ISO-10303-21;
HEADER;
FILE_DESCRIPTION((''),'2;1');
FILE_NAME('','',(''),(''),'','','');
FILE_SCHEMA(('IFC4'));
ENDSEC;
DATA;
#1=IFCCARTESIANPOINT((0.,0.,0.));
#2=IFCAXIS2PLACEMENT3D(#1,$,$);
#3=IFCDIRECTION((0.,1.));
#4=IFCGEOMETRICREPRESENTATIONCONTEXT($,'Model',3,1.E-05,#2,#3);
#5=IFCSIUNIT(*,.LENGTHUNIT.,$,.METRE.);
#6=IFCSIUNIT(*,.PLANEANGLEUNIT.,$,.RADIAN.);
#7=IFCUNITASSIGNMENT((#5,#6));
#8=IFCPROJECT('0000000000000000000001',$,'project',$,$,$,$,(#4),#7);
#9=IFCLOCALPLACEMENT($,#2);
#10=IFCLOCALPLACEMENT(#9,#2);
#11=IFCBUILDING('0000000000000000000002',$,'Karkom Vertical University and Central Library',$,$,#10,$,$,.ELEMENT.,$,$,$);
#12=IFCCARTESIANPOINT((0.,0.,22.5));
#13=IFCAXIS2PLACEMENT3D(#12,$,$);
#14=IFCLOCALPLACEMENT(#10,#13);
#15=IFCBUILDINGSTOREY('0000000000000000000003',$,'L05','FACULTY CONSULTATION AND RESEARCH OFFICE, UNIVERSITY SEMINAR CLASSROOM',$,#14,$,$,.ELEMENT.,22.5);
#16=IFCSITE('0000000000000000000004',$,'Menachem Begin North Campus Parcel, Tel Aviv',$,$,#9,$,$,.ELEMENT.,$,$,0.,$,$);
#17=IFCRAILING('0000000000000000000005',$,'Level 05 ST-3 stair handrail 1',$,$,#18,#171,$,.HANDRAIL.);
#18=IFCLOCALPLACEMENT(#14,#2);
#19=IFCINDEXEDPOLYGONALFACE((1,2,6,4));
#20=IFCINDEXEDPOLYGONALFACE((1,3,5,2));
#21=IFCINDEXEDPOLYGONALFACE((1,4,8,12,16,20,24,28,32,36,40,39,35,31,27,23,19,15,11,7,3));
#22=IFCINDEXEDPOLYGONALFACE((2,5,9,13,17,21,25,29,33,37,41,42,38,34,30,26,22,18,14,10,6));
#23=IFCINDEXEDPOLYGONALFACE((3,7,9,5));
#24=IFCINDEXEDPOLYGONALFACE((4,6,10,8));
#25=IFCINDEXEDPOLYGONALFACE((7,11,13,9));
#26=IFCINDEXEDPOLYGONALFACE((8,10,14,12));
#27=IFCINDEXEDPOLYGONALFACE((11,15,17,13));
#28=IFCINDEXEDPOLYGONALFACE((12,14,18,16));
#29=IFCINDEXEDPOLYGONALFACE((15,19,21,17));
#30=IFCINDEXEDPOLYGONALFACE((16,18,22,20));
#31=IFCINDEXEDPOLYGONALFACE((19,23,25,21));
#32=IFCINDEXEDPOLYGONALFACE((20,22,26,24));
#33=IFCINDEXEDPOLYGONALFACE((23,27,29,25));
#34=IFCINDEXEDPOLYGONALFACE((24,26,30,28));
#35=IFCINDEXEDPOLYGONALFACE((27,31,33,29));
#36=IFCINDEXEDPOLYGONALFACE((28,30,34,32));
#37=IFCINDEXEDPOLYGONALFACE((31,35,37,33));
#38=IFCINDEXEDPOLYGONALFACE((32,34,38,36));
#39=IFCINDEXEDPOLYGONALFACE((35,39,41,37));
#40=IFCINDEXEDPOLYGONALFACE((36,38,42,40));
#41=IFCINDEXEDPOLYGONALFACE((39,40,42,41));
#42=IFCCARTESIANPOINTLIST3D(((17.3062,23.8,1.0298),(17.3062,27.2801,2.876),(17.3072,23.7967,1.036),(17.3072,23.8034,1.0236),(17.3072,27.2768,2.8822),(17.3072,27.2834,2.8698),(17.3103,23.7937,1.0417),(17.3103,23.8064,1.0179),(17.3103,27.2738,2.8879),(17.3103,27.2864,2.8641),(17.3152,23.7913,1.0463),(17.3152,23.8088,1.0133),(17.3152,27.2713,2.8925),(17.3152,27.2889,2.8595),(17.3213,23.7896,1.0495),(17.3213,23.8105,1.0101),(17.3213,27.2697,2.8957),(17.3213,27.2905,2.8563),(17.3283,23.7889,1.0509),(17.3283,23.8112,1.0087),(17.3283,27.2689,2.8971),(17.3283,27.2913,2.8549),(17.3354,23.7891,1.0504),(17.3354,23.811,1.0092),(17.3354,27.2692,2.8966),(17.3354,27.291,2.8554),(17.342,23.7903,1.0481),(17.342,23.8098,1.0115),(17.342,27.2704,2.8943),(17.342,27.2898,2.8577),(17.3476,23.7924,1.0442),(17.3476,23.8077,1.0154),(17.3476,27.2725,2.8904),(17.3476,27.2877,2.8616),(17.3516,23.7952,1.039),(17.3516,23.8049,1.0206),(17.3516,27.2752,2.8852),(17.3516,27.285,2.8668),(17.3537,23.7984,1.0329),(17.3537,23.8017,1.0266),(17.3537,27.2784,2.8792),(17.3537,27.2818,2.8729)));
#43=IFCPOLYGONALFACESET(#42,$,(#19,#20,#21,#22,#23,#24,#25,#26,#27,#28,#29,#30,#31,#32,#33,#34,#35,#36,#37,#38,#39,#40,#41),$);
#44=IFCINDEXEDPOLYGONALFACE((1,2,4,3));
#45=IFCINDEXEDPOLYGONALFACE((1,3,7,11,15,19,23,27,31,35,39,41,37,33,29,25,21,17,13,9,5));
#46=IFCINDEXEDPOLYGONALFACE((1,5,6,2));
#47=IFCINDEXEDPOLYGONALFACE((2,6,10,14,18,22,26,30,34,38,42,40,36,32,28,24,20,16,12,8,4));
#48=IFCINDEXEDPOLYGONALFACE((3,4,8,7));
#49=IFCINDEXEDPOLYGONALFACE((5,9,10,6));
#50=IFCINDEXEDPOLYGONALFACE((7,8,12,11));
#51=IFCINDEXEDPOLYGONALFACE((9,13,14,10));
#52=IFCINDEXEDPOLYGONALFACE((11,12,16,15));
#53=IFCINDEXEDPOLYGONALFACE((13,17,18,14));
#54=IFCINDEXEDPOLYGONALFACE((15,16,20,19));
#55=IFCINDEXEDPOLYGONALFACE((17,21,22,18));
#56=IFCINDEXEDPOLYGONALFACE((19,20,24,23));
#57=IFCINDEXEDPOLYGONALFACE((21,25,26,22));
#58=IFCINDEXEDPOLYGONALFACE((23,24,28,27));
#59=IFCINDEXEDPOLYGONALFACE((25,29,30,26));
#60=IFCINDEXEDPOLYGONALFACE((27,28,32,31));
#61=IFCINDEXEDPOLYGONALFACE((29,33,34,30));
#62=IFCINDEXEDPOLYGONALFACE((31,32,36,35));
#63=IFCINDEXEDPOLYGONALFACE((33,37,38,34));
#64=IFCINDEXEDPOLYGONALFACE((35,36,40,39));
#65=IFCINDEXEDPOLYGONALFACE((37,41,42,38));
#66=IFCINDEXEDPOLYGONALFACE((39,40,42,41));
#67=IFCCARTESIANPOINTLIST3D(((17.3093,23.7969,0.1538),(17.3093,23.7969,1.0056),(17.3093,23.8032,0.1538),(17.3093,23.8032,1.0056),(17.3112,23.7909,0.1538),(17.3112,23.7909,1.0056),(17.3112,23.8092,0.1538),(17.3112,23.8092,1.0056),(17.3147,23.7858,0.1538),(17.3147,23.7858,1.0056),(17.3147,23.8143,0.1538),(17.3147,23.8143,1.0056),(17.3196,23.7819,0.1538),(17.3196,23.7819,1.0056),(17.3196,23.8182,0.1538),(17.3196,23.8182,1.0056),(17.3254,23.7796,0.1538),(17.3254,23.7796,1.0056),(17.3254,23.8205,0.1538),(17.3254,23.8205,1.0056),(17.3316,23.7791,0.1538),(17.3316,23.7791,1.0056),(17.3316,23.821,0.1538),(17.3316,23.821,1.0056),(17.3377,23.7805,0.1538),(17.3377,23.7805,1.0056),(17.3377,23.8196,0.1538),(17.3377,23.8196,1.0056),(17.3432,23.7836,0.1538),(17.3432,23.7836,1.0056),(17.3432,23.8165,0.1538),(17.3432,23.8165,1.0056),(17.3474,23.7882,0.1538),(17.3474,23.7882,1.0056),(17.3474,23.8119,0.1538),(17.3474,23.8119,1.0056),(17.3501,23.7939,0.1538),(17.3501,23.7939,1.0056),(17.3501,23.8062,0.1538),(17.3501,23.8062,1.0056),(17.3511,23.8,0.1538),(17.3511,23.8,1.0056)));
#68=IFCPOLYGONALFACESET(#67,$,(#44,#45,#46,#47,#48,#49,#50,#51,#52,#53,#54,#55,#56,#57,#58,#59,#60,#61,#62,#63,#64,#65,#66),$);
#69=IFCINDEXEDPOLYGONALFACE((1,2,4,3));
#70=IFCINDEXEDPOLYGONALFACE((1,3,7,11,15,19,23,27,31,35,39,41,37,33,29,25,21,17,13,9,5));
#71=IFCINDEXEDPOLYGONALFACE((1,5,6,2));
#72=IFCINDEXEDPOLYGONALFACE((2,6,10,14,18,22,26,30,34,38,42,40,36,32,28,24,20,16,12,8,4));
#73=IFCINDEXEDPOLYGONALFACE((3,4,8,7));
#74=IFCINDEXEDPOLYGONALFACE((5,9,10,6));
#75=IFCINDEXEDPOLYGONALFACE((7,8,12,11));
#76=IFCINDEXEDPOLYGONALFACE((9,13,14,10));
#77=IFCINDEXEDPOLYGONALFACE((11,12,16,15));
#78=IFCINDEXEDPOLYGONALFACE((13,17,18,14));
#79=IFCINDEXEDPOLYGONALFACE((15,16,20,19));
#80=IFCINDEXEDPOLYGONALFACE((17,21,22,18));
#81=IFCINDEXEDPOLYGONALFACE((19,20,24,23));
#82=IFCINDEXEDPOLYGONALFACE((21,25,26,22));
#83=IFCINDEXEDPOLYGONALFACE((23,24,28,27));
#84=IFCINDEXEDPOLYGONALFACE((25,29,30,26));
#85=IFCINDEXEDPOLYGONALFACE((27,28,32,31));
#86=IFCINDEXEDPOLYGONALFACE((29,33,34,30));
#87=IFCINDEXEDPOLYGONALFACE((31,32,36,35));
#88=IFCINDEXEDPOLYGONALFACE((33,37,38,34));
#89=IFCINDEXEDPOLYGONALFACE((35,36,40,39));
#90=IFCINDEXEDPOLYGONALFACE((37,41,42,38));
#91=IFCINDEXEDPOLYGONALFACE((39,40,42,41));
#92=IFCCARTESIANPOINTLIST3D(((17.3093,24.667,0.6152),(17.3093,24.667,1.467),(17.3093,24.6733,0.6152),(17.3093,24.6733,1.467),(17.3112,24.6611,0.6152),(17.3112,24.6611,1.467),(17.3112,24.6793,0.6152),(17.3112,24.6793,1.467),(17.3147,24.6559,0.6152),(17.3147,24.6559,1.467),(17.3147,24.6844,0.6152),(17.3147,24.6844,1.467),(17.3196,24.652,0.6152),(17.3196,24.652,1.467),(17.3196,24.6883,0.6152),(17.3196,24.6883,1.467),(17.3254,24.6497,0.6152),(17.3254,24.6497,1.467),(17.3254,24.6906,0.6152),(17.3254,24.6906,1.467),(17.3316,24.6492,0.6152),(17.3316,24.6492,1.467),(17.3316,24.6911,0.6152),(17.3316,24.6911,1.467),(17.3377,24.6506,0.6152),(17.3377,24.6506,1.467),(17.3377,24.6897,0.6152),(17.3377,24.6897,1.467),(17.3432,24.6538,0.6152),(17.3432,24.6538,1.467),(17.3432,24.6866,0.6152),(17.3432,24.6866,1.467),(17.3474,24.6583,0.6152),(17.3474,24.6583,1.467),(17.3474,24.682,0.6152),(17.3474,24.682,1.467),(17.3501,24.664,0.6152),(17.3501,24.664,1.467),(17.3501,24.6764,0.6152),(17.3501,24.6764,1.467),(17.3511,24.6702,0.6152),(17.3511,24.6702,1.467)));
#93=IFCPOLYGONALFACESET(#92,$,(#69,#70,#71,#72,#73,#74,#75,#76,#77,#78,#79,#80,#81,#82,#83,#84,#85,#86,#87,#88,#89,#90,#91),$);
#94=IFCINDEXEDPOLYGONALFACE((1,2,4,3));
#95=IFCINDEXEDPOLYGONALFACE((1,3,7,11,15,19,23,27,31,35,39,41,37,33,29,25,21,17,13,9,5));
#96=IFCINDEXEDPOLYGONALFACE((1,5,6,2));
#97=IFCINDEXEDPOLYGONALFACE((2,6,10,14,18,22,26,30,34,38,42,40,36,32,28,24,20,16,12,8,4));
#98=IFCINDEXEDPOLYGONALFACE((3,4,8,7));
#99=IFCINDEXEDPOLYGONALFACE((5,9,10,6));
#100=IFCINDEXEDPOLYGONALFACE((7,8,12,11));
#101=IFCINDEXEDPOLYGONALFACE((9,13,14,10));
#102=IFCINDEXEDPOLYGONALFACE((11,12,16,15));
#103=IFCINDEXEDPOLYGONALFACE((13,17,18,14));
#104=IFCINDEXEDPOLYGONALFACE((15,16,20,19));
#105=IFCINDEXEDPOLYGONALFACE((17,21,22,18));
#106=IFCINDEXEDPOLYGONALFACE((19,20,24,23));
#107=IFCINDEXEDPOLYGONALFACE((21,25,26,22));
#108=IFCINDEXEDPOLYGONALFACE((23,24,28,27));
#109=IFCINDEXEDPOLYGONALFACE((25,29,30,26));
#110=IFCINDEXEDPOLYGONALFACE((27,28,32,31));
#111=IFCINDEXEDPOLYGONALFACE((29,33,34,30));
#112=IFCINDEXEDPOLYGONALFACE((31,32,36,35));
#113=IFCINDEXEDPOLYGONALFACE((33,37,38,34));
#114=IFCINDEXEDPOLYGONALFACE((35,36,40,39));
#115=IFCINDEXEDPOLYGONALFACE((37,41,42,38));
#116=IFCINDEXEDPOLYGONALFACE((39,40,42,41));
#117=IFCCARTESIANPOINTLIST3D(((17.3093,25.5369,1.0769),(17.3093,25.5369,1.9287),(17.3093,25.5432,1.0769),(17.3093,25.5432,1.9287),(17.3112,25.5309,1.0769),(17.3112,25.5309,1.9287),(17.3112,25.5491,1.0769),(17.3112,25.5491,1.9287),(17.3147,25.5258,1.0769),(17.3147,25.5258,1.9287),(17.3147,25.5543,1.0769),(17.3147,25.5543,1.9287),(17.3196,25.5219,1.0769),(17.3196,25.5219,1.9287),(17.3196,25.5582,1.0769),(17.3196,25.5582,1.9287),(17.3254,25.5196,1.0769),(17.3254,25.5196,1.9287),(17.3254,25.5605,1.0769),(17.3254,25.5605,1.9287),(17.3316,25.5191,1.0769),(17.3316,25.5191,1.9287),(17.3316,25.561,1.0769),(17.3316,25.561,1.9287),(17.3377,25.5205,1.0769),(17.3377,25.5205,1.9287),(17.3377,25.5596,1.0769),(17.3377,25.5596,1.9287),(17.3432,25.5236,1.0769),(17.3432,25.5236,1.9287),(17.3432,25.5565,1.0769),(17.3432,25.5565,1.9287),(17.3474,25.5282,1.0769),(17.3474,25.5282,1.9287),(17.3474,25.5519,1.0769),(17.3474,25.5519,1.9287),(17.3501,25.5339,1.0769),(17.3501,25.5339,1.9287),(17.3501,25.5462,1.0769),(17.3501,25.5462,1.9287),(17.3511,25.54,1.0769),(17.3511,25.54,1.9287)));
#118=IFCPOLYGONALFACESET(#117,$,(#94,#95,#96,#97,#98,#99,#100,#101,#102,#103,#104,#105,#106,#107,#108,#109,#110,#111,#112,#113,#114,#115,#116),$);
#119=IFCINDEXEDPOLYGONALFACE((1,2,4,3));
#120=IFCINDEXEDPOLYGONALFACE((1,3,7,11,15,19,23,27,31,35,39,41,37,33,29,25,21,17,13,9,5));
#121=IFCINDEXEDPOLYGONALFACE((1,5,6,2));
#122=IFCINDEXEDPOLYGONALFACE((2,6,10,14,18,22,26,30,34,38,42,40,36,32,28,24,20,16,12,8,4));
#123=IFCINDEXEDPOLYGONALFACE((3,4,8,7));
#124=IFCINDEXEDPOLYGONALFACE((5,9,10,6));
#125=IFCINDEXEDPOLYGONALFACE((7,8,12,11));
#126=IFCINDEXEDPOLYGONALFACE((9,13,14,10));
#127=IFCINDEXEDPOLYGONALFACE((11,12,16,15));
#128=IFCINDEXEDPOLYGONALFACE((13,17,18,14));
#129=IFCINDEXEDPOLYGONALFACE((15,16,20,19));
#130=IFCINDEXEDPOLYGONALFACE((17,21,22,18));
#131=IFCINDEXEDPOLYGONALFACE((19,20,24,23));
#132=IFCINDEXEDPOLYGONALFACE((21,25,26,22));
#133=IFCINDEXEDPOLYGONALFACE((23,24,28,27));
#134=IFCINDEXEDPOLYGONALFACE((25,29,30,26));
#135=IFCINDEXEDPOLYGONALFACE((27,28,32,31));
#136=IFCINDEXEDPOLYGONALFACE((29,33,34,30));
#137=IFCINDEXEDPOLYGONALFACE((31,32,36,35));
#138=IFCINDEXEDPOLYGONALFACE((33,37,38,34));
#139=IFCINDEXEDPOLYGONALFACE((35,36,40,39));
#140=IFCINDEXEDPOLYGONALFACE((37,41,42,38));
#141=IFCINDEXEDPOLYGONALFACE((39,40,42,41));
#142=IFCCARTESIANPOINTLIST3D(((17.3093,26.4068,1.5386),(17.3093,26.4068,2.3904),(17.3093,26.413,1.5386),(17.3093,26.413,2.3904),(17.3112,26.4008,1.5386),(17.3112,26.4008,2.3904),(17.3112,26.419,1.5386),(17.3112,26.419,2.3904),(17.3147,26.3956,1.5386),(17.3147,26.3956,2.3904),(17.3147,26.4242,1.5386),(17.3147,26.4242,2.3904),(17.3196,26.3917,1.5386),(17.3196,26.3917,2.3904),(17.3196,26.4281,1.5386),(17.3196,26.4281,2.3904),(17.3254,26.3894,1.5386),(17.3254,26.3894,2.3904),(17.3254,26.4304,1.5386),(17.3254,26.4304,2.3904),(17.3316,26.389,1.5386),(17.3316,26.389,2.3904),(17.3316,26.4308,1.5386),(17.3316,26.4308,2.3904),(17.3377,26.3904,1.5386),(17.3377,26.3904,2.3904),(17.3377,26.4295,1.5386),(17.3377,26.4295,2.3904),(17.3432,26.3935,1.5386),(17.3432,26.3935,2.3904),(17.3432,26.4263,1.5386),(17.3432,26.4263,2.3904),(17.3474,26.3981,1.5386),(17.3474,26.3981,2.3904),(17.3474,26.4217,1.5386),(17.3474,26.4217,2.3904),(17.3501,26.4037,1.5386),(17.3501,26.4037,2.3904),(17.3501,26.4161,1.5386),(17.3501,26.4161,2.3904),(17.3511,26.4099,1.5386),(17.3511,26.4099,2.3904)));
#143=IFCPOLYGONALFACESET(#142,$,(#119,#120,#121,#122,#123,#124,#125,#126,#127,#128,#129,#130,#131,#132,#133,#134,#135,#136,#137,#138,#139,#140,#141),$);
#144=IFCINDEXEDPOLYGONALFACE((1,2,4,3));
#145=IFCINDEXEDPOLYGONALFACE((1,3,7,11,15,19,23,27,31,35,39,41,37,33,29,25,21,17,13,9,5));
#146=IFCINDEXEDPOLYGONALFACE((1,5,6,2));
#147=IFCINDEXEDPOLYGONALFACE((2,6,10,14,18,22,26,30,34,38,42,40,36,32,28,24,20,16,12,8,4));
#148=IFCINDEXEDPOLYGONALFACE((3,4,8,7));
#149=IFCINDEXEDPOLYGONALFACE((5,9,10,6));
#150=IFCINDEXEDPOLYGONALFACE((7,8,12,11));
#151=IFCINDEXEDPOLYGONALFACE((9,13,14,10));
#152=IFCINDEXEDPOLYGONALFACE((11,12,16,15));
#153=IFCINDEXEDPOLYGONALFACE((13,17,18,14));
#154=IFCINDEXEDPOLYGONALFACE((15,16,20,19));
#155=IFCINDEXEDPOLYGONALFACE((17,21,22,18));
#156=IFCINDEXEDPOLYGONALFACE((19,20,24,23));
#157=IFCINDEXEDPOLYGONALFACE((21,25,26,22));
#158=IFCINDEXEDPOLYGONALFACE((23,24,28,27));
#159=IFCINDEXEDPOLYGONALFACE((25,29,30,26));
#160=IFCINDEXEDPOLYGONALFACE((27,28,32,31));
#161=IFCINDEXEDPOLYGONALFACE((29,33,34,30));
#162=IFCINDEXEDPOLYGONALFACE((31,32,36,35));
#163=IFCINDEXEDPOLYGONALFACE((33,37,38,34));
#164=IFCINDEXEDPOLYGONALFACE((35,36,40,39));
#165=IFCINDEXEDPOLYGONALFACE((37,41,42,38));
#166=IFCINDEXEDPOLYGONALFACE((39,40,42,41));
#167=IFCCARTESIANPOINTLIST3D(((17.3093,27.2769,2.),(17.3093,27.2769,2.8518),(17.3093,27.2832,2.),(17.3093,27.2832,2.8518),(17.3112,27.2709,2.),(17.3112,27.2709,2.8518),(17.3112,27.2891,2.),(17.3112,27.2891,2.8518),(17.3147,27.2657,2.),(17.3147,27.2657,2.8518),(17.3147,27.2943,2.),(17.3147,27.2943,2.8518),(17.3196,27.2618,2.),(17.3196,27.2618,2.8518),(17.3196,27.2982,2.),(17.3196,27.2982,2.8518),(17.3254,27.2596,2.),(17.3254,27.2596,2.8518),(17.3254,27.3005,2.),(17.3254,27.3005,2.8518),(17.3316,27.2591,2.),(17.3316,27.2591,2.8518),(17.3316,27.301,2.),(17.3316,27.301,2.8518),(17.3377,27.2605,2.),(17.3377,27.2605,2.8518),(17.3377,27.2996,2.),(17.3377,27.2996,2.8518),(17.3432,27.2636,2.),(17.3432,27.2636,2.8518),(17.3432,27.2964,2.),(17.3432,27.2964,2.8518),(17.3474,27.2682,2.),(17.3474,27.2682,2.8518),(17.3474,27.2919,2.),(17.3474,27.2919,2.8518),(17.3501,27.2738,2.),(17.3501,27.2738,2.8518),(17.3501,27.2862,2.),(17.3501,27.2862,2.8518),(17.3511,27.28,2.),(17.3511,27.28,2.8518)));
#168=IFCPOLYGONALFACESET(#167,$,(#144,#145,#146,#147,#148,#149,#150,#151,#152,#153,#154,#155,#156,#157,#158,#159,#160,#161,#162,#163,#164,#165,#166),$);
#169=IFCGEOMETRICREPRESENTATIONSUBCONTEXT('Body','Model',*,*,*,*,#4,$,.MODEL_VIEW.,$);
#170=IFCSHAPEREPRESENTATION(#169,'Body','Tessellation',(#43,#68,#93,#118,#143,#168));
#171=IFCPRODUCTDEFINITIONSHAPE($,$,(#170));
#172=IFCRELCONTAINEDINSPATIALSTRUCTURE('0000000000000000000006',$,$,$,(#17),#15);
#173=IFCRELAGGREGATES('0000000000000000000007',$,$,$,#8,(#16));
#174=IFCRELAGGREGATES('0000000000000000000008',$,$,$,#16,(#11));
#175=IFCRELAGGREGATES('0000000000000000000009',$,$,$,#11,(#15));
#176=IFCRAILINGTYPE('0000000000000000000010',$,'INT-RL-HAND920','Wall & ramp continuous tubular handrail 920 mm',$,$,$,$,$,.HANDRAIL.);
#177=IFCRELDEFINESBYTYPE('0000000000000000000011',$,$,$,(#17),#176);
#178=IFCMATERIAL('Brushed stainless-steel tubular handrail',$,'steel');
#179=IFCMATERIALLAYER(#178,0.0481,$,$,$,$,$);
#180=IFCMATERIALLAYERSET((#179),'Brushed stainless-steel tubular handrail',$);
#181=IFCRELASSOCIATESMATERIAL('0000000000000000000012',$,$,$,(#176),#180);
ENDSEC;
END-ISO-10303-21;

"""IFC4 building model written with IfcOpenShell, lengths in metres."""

from ifc_helpers import new_model, si_unit, direction, frame, origin, origin_2d, place, context, subcontext, project, spatial, circle, extrude, material, layer, layer_set, type_object, element, save


model = new_model("IFC4")

# Units and contexts
model_context = context("Model", 3, precision=1e-05, world=origin(), true_north=direction((0.0, 1.0)))
body_context = subcontext(model_context, "Body", "Model", "MODEL_VIEW")
ifc_project = project(units=[si_unit("LENGTHUNIT", "METRE"), si_unit("PLANEANGLEUNIT", "RADIAN")], contexts=[model_context])

# Site, building, storey
site_placement = place(None, origin())
site = spatial("IfcSite", under=ifc_project, at=site_placement, Name="Menachem Begin North Campus Parcel, Tel Aviv", CompositionType="ELEMENT", RefElevation=0.0)
building_placement = place(site_placement, origin())
building = spatial("IfcBuilding", under=site, at=building_placement, Name="Karkom Vertical University and Central Library", CompositionType="ELEMENT")
storey_placement = place(building_placement, frame((0.0, 0.0, 22.5)))
storey = spatial("IfcBuildingStorey", under=building, at=storey_placement, Name="L05", Description="FACULTY CONSULTATION AND RESEARCH OFFICE, UNIVERSITY SEMINAR CLASSROOM", CompositionType="ELEMENT", Elevation=22.5)

# Railing
ifc_material_1 = material(Name="Brushed stainless-steel tubular handrail", Category="steel")
ifc_layer_1 = layer(ifc_material_1, 0.0481)
ifc_layer_set_1 = layer_set([ifc_layer_1], Name="Brushed stainless-steel tubular handrail")
railing_type_1 = type_object("IfcRailingType", Name="INT-RL-HAND920", Description="Wall & ramp continuous tubular handrail 920 mm", PredefinedType="HANDRAIL", material=ifc_layer_set_1)
railing_1_placement = place(storey_placement, frame((17.3301, 23.8, 0.1538)))
element("IfcRailing", 1, at=railing_1_placement, inside=storey, type_object=railing_type_1, Name="Level 05 ST-3 stair handrail 1", PredefinedType="HANDRAIL", context=body_context, shape_type="SweptSolid", body=[
    extrude(circle(Radius=0.0239, at=origin_2d()), frame((0.0, 0.0, 0.876), z_axis=(0.0, 0.883384, 0.468651), x_axis=(-1.0, 0.0, 0.0)), (0.0, 0.0, 1.0), 3.9395),
    extrude(circle(Radius=0.021, at=origin_2d()), origin(), (0.0, 0.0, 1.0), 0.8518),
    extrude(circle(Radius=0.021, at=origin_2d()), frame((0.0, 0.8701, 0.4614)), (0.0, 0.0, 1.0), 0.8518),
    extrude(circle(Radius=0.021, at=origin_2d()), frame((0.0, 1.74, 0.9231)), (0.0, 0.0, 1.0), 0.8518),
    extrude(circle(Radius=0.021, at=origin_2d()), frame((0.0, 2.6099, 1.3848)), (0.0, 0.0, 1.0), 0.8518),
    extrude(circle(Radius=0.021, at=origin_2d()), frame((0.0, 3.48, 1.8462)), (0.0, 0.0, 1.0), 0.8518),
])

save(model, "model.ifc")
